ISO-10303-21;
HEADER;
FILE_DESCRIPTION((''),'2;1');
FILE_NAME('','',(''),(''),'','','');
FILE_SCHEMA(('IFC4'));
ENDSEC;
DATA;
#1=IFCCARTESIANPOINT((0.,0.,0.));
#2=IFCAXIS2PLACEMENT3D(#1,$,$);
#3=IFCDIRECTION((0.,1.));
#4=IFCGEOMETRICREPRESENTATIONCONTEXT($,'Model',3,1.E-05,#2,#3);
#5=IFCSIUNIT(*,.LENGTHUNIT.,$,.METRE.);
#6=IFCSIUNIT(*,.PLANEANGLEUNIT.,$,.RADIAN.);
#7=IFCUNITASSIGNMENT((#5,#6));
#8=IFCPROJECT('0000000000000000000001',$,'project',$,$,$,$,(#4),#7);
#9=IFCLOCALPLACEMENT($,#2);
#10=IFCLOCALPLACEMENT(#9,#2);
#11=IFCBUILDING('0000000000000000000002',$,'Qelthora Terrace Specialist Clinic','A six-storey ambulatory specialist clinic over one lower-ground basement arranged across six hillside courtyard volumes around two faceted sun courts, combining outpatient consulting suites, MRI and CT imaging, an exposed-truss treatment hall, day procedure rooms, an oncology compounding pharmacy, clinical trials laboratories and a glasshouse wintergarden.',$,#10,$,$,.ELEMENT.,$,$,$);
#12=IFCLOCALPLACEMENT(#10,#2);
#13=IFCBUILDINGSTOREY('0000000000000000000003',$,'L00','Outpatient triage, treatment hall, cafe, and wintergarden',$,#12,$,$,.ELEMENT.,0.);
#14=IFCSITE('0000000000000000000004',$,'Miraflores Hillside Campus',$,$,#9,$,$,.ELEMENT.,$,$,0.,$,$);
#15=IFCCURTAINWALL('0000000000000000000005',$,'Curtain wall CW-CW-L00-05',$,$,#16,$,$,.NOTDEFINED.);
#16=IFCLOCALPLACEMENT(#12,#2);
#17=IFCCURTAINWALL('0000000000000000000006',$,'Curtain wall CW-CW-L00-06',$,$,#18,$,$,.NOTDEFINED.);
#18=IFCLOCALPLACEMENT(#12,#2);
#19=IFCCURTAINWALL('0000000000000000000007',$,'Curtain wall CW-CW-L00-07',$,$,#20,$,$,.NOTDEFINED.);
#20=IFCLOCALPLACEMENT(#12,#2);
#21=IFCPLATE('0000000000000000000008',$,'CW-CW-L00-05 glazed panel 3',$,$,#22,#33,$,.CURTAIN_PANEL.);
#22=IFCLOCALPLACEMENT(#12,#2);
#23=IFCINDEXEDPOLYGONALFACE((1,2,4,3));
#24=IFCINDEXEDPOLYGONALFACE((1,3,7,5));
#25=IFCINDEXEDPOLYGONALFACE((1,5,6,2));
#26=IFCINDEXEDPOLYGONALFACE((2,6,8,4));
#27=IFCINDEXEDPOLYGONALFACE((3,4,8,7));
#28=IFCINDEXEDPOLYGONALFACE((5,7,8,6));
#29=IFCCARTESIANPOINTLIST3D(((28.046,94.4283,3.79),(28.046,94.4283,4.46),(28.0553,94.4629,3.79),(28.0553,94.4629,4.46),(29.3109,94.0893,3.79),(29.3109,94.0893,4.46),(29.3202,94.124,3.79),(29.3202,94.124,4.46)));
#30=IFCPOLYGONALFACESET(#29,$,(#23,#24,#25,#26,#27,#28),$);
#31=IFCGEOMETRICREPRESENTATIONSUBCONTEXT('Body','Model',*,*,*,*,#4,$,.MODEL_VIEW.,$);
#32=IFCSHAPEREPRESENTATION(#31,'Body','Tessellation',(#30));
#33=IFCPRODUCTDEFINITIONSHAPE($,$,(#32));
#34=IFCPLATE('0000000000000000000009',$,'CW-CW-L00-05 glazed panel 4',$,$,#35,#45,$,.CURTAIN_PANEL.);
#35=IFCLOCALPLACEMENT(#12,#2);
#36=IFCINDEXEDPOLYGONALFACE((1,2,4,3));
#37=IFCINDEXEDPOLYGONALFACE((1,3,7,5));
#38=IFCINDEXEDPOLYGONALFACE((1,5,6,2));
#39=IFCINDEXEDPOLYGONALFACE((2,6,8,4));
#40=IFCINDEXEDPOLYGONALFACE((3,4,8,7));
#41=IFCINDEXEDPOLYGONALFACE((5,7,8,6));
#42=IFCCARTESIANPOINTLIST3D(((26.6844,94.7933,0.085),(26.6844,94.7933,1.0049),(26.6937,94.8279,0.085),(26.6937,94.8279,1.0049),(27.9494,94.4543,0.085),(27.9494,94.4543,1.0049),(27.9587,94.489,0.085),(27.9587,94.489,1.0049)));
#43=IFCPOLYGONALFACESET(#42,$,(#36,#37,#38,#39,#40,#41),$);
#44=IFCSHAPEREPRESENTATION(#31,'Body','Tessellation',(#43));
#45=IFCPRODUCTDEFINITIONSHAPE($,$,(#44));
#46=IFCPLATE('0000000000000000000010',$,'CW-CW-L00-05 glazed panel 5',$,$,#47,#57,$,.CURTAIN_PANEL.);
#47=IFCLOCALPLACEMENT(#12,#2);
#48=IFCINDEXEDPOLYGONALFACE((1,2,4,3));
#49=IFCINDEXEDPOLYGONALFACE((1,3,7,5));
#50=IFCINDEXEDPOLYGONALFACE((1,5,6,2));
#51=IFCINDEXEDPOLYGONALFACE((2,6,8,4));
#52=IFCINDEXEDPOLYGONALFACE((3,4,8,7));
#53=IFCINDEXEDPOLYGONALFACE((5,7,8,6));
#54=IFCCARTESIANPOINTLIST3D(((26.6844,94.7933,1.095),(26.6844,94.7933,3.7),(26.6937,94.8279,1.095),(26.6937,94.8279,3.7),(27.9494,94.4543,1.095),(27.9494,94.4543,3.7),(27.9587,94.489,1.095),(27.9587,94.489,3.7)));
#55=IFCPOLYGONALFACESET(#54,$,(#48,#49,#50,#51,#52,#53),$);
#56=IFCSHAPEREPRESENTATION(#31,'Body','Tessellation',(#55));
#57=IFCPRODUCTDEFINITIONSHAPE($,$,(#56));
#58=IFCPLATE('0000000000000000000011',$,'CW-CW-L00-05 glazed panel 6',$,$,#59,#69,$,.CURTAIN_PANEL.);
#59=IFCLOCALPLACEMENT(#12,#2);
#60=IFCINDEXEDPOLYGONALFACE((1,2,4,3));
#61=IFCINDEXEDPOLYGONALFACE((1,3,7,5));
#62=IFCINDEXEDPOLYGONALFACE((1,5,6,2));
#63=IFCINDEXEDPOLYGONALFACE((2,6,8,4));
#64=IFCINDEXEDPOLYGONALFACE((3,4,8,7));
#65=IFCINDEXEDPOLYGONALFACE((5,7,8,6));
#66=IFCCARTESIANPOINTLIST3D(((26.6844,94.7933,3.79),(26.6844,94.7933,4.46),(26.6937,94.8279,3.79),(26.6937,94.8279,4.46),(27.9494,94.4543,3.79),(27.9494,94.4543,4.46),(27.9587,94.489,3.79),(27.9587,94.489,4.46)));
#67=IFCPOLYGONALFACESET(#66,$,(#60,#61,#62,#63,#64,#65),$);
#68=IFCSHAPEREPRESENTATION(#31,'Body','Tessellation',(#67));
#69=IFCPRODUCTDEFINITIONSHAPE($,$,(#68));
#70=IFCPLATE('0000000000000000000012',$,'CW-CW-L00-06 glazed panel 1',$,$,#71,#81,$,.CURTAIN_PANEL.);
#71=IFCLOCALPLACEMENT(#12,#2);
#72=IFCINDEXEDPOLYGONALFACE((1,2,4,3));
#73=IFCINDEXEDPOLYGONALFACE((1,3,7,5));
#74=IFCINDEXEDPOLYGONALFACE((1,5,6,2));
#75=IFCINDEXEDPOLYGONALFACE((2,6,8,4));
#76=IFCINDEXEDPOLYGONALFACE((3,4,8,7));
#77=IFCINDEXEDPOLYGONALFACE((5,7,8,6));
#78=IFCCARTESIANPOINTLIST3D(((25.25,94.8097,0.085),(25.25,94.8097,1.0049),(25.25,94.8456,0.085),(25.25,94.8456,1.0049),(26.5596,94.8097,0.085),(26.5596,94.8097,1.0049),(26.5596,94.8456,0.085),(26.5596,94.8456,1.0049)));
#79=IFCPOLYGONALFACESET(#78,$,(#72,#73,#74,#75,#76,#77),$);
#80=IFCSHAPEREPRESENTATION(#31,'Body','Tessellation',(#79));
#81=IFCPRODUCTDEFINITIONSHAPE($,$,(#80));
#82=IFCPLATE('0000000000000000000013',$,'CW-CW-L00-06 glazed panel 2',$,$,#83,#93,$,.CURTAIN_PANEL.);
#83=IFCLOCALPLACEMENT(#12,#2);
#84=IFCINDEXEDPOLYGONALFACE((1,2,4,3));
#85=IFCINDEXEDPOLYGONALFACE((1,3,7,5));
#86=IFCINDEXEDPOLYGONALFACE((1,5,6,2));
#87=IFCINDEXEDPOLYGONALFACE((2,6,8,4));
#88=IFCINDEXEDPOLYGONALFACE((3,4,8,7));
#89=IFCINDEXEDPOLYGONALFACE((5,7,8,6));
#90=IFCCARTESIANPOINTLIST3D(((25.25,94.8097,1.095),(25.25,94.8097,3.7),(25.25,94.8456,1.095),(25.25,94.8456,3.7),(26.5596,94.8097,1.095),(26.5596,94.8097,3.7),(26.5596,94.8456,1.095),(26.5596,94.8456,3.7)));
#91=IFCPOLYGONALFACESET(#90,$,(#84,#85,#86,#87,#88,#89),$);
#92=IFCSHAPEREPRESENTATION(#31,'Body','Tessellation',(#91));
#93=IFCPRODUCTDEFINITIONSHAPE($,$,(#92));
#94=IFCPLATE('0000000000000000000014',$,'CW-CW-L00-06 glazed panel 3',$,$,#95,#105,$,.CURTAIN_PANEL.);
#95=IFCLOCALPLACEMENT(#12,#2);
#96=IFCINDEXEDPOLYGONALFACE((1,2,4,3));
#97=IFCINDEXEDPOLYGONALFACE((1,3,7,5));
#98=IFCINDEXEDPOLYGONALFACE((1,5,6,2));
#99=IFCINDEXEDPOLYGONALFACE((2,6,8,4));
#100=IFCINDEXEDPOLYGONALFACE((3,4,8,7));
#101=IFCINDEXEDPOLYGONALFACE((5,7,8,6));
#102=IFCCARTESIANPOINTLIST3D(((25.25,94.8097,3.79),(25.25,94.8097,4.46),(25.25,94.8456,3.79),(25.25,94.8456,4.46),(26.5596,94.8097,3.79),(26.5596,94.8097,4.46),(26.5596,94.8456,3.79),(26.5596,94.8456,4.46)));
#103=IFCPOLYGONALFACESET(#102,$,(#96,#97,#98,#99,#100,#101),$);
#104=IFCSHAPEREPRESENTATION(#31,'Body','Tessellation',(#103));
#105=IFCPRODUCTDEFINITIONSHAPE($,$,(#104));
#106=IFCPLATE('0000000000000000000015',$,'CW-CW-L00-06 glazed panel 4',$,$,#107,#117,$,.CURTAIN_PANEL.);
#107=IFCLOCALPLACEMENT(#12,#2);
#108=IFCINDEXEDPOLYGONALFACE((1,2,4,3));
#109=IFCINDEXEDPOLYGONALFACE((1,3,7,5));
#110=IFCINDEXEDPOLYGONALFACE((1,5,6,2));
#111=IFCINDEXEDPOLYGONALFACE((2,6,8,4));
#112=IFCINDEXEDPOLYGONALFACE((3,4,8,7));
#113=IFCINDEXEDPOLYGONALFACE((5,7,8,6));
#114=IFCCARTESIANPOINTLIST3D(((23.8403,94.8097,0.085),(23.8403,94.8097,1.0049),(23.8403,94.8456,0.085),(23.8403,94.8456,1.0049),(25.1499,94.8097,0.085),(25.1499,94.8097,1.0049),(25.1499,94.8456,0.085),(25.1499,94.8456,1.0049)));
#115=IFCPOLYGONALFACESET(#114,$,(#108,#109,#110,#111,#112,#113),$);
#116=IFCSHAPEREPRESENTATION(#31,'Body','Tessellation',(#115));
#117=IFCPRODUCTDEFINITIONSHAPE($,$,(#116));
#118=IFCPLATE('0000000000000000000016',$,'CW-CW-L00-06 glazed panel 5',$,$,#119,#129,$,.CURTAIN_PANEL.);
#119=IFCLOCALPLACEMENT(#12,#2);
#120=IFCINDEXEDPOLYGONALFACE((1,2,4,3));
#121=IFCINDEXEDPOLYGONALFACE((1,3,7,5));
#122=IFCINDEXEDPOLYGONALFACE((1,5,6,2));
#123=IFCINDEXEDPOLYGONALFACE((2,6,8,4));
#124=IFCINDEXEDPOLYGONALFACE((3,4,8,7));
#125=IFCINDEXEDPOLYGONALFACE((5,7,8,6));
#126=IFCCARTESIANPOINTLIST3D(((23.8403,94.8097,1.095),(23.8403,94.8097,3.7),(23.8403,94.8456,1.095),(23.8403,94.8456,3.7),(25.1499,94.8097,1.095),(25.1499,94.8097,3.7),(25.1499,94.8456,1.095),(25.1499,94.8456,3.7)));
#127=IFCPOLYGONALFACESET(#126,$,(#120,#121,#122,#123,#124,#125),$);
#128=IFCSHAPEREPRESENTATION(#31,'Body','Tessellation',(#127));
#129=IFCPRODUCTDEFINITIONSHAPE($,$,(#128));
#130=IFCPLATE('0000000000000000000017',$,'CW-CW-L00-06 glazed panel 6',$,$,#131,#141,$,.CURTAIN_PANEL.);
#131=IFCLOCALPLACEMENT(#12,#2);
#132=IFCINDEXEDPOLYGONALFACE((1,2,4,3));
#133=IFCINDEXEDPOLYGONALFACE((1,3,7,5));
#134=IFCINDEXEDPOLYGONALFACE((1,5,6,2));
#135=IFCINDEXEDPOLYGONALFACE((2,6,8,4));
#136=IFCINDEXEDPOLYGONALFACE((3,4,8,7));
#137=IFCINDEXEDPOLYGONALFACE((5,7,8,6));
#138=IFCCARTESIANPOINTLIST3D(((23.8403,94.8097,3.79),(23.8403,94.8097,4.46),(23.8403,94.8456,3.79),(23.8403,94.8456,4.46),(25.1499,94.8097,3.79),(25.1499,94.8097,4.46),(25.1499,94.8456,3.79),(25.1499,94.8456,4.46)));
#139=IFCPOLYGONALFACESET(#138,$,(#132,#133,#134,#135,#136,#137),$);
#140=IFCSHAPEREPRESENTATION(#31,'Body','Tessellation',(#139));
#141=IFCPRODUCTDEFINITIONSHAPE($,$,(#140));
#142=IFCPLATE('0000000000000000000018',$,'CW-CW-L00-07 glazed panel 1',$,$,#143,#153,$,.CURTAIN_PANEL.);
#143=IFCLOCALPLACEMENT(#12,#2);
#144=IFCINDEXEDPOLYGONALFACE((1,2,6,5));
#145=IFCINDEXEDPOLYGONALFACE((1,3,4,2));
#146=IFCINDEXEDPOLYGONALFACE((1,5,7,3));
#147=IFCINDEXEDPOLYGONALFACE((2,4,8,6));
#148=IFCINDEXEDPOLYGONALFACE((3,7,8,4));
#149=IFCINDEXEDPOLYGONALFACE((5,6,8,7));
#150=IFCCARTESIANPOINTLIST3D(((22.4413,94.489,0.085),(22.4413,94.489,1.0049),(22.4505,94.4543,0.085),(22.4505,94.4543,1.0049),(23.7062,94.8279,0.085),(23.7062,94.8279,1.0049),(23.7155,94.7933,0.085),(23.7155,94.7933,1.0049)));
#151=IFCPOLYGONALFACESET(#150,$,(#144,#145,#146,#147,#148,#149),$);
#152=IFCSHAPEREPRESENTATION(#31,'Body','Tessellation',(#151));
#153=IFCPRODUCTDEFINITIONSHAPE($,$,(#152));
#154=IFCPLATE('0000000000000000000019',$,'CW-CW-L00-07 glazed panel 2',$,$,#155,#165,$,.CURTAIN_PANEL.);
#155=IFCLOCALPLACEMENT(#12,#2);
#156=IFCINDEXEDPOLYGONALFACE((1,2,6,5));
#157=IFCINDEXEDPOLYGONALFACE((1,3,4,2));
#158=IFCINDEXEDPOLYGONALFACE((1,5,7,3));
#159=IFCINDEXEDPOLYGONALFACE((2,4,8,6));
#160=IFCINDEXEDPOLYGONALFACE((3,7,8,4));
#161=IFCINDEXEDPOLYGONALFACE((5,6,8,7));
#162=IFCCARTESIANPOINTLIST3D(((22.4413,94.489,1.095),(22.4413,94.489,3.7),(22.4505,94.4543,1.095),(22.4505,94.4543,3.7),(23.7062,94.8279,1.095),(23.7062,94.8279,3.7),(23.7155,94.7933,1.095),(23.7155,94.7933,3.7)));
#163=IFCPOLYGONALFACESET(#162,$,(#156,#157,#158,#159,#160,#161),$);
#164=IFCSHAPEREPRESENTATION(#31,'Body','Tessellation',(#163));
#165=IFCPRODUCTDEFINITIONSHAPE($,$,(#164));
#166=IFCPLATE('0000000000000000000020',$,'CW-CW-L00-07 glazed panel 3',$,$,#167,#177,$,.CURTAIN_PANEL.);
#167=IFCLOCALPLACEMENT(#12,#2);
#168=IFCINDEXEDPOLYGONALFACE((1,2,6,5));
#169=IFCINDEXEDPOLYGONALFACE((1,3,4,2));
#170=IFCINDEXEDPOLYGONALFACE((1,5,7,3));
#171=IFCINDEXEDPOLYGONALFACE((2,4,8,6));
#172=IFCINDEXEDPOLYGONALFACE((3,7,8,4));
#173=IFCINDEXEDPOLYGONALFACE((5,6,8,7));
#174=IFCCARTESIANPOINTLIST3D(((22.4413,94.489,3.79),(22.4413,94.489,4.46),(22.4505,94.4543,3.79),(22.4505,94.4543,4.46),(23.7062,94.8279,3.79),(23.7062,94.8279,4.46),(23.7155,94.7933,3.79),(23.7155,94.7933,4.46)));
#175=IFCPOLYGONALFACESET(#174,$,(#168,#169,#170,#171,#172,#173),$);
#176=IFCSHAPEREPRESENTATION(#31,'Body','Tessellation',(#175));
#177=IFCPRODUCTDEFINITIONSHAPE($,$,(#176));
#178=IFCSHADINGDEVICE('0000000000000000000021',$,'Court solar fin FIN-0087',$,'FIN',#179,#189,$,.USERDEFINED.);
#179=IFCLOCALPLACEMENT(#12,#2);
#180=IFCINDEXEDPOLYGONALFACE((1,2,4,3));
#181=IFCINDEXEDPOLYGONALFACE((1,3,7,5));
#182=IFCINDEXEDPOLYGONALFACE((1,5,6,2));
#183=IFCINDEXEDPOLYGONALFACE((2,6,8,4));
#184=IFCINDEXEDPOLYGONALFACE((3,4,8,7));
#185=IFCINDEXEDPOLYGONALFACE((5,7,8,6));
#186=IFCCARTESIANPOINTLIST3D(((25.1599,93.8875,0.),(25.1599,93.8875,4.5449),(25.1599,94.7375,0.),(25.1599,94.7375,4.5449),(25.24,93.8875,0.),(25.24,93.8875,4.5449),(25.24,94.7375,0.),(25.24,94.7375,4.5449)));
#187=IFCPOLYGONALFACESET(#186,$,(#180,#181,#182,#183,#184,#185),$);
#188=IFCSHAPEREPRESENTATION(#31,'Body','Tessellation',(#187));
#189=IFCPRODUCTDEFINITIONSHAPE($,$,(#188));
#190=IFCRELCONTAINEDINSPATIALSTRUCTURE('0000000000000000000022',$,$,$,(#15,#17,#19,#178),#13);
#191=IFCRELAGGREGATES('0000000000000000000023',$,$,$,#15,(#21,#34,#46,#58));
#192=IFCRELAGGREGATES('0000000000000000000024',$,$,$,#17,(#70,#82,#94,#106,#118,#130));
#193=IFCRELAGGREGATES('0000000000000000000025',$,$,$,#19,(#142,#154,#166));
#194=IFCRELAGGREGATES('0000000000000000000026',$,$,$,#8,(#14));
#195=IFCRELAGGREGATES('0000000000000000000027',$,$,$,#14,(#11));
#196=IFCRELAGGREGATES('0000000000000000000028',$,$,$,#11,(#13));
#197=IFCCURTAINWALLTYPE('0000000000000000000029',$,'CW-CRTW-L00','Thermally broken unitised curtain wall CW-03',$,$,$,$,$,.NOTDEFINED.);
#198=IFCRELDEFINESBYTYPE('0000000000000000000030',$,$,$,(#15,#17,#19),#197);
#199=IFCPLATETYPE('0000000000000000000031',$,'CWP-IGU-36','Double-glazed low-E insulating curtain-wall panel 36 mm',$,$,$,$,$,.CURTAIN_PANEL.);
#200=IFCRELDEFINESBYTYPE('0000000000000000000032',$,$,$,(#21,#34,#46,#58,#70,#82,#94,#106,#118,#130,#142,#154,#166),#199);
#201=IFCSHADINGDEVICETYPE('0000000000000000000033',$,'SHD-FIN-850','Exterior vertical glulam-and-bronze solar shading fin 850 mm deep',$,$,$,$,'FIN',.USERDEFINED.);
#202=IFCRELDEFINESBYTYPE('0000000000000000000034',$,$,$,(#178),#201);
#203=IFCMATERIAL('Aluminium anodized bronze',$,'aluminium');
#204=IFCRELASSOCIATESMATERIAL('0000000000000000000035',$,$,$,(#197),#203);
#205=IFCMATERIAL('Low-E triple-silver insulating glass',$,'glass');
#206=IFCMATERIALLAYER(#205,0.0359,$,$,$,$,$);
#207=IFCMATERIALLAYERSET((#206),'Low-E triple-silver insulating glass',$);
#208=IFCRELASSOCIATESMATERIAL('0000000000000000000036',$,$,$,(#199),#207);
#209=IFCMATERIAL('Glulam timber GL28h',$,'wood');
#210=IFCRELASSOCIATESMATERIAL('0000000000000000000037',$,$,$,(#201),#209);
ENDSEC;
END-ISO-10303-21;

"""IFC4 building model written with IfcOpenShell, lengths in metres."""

from ifc_helpers import new_model, si_unit, direction, frame, origin, origin_2d, place, context, subcontext, project, spatial, rectangle, extrude, material, layer, layer_set, type_object, element, aggregate, save


model = new_model("IFC4")

# Units and contexts
model_context = context("Model", 3, precision=1e-05, world=origin(), true_north=direction((0.0, 1.0)))
body_context = subcontext(model_context, "Body", "Model", "MODEL_VIEW")
ifc_project = project(units=[si_unit("LENGTHUNIT", "METRE"), si_unit("PLANEANGLEUNIT", "RADIAN")], contexts=[model_context])

# Site, building, storey
site_placement = place(None, origin())
site = spatial("IfcSite", under=ifc_project, at=site_placement, Name="Miraflores Hillside Campus", CompositionType="ELEMENT", RefElevation=0.0)
building_placement = place(site_placement, origin())
building = spatial("IfcBuilding", under=site, at=building_placement, Name="Qelthora Terrace Specialist Clinic", Description="A six-storey ambulatory specialist clinic over one lower-ground basement arranged across six hillside courtyard volumes around two faceted sun courts, combining outpatient consulting suites, MRI and CT imaging, an exposed-truss treatment hall, day procedure rooms, an oncology compounding pharmacy, clinical trials laboratories and a glasshouse wintergarden.", CompositionType="ELEMENT")
storey_placement = place(building_placement, origin())
storey = spatial("IfcBuildingStorey", under=building, at=storey_placement, Name="L00", Description="Outpatient triage, treatment hall, cafe, and wintergarden", CompositionType="ELEMENT", Elevation=0.0)

# Curtain walls
ifc_material_1 = material(Name="Aluminium anodized bronze", Category="aluminium")
curtain_wall_type = type_object("IfcCurtainWallType", Name="CW-CRTW-L00", Description="Thermally broken unitised curtain wall CW-03", PredefinedType="NOTDEFINED", material=ifc_material_1)
curtain_wall_1_placement = place(storey_placement, origin())
curtain_wall_1 = element("IfcCurtainWall", 1, at=curtain_wall_1_placement, inside=storey, type_object=curtain_wall_type, Name="Curtain wall CW-CW-L00-05", PredefinedType="NOTDEFINED")
curtain_wall_2_placement = place(storey_placement, origin())
curtain_wall_2 = element("IfcCurtainWall", 2, at=curtain_wall_2_placement, inside=storey, type_object=curtain_wall_type, Name="Curtain wall CW-CW-L00-06", PredefinedType="NOTDEFINED")
curtain_wall_3_placement = place(storey_placement, origin())
curtain_wall_3 = element("IfcCurtainWall", 3, at=curtain_wall_3_placement, inside=storey, type_object=curtain_wall_type, Name="Curtain wall CW-CW-L00-07", PredefinedType="NOTDEFINED")

# Plates
ifc_material_2 = material(Name="Low-E triple-silver insulating glass", Category="glass")
ifc_layer = layer(ifc_material_2, 0.0359)
ifc_layer_set = layer_set([ifc_layer], Name="Low-E triple-silver insulating glass")
plate_type = type_object("IfcPlateType", Name="CWP-IGU-36", Description="Double-glazed low-E insulating curtain-wall panel 36 mm", PredefinedType="CURTAIN_PANEL", material=ifc_layer_set)
plate_1_placement = place(storey_placement, frame((28.6831, 94.2761, 3.79), z_axis=(0.0, 0.0, 1.0), x_axis=(-0.965925, 0.258821, 0.0)))
plate_1 = element("IfcPlate", 4, at=plate_1_placement, type_object=plate_type, Name="CW-CW-L00-05 glazed panel 3", PredefinedType="CURTAIN_PANEL", context=body_context, shape_type="SweptSolid", body=[
    extrude(rectangle(XDim=1.3096, YDim=0.0359, at=origin_2d()), origin(), (0.0, 0.0, 1.0), 0.6699),
])
plate_2_placement = place(storey_placement, frame((27.3215, 94.6411, 0.085), z_axis=(0.0, 0.0, 1.0), x_axis=(-0.965925, 0.258821, 0.0)))
plate_2 = element("IfcPlate", 5, at=plate_2_placement, type_object=plate_type, Name="CW-CW-L00-05 glazed panel 4", PredefinedType="CURTAIN_PANEL", context=body_context, shape_type="SweptSolid", body=[
    extrude(rectangle(XDim=1.3096, YDim=0.0359, at=origin_2d()), origin(), (0.0, 0.0, 1.0), 0.9199),
])
plate_3_placement = place(storey_placement, frame((27.3215, 94.6411, 1.095), z_axis=(0.0, 0.0, 1.0), x_axis=(-0.965925, 0.258821, 0.0)))
plate_3 = element("IfcPlate", 6, at=plate_3_placement, type_object=plate_type, Name="CW-CW-L00-05 glazed panel 5", PredefinedType="CURTAIN_PANEL", context=body_context, shape_type="SweptSolid", body=[
    extrude(rectangle(XDim=1.3096, YDim=0.0359, at=origin_2d()), origin(), (0.0, 0.0, 1.0), 2.605),
])
plate_4_placement = place(storey_placement, frame((27.3215, 94.6411, 3.79), z_axis=(0.0, 0.0, 1.0), x_axis=(-0.965925, 0.258821, 0.0)))
plate_4 = element("IfcPlate", 7, at=plate_4_placement, type_object=plate_type, Name="CW-CW-L00-05 glazed panel 6", PredefinedType="CURTAIN_PANEL", context=body_context, shape_type="SweptSolid", body=[
    extrude(rectangle(XDim=1.3096, YDim=0.0359, at=origin_2d()), origin(), (0.0, 0.0, 1.0), 0.6699),
])
aggregate(curtain_wall_1, [plate_1, plate_2, plate_3, plate_4])
plate_5_placement = place(storey_placement, frame((25.9048, 94.8276, 0.085), z_axis=(0.0, 0.0, 1.0), x_axis=(-1.0, 0.0, 0.0)))
plate_5 = element("IfcPlate", 8, at=plate_5_placement, type_object=plate_type, Name="CW-CW-L00-06 glazed panel 1", PredefinedType="CURTAIN_PANEL", context=body_context, shape_type="SweptSolid", body=[
    extrude(rectangle(XDim=1.3096, YDim=0.0359, at=origin_2d()), origin(), (0.0, 0.0, 1.0), 0.9199),
])
plate_6_placement = place(storey_placement, frame((25.9048, 94.8276, 1.095), z_axis=(0.0, 0.0, 1.0), x_axis=(-1.0, 0.0, 0.0)))
plate_6 = element("IfcPlate", 9, at=plate_6_placement, type_object=plate_type, Name="CW-CW-L00-06 glazed panel 2", PredefinedType="CURTAIN_PANEL", context=body_context, shape_type="SweptSolid", body=[
    extrude(rectangle(XDim=1.3096, YDim=0.0359, at=origin_2d()), origin(), (0.0, 0.0, 1.0), 2.605),
])
plate_7_placement = place(storey_placement, frame((25.9048, 94.8276, 3.79), z_axis=(0.0, 0.0, 1.0), x_axis=(-1.0, 0.0, 0.0)))
plate_7 = element("IfcPlate", 10, at=plate_7_placement, type_object=plate_type, Name="CW-CW-L00-06 glazed panel 3", PredefinedType="CURTAIN_PANEL", context=body_context, shape_type="SweptSolid", body=[
    extrude(rectangle(XDim=1.3096, YDim=0.0359, at=origin_2d()), origin(), (0.0, 0.0, 1.0), 0.6699),
])
plate_8_placement = place(storey_placement, frame((24.4951, 94.8276, 0.085), z_axis=(0.0, 0.0, 1.0), x_axis=(-1.0, 0.0, 0.0)))
plate_8 = element("IfcPlate", 11, at=plate_8_placement, type_object=plate_type, Name="CW-CW-L00-06 glazed panel 4", PredefinedType="CURTAIN_PANEL", context=body_context, shape_type="SweptSolid", body=[
    extrude(rectangle(XDim=1.3096, YDim=0.0359, at=origin_2d()), origin(), (0.0, 0.0, 1.0), 0.9199),
])
plate_9_placement = place(storey_placement, frame((24.4951, 94.8276, 1.095), z_axis=(0.0, 0.0, 1.0), x_axis=(-1.0, 0.0, 0.0)))
plate_9 = element("IfcPlate", 12, at=plate_9_placement, type_object=plate_type, Name="CW-CW-L00-06 glazed panel 5", PredefinedType="CURTAIN_PANEL", context=body_context, shape_type="SweptSolid", body=[
    extrude(rectangle(XDim=1.3096, YDim=0.0359, at=origin_2d()), origin(), (0.0, 0.0, 1.0), 2.605),
])
plate_10_placement = place(storey_placement, frame((24.4951, 94.8276, 3.79), z_axis=(0.0, 0.0, 1.0), x_axis=(-1.0, 0.0, 0.0)))
plate_10 = element("IfcPlate", 13, at=plate_10_placement, type_object=plate_type, Name="CW-CW-L00-06 glazed panel 6", PredefinedType="CURTAIN_PANEL", context=body_context, shape_type="SweptSolid", body=[
    extrude(rectangle(XDim=1.3096, YDim=0.0359, at=origin_2d()), origin(), (0.0, 0.0, 1.0), 0.6699),
])
aggregate(curtain_wall_2, [plate_5, plate_6, plate_7, plate_8, plate_9, plate_10])
plate_11_placement = place(storey_placement, frame((23.0784, 94.6411, 0.085), z_axis=(0.0, 0.0, 1.0), x_axis=(-0.965925, -0.258821, 0.0)))
plate_11 = element("IfcPlate", 14, at=plate_11_placement, type_object=plate_type, Name="CW-CW-L00-07 glazed panel 1", PredefinedType="CURTAIN_PANEL", context=body_context, shape_type="SweptSolid", body=[
    extrude(rectangle(XDim=1.3096, YDim=0.0359, at=origin_2d()), origin(), (0.0, 0.0, 1.0), 0.9199),
])
plate_12_placement = place(storey_placement, frame((23.0784, 94.6411, 1.095), z_axis=(0.0, 0.0, 1.0), x_axis=(-0.965925, -0.258821, 0.0)))
plate_12 = element("IfcPlate", 15, at=plate_12_placement, type_object=plate_type, Name="CW-CW-L00-07 glazed panel 2", PredefinedType="CURTAIN_PANEL", context=body_context, shape_type="SweptSolid", body=[
    extrude(rectangle(XDim=1.3096, YDim=0.0359, at=origin_2d()), origin(), (0.0, 0.0, 1.0), 2.605),
])
plate_13_placement = place(storey_placement, frame((23.0784, 94.6411, 3.79), z_axis=(0.0, 0.0, 1.0), x_axis=(-0.965925, -0.258821, 0.0)))
plate_13 = element("IfcPlate", 16, at=plate_13_placement, type_object=plate_type, Name="CW-CW-L00-07 glazed panel 3", PredefinedType="CURTAIN_PANEL", context=body_context, shape_type="SweptSolid", body=[
    extrude(rectangle(XDim=1.3096, YDim=0.0359, at=origin_2d()), origin(), (0.0, 0.0, 1.0), 0.6699),
])
aggregate(curtain_wall_3, [plate_11, plate_12, plate_13])

# Shading device
ifc_material_3 = material(Name="Glulam timber GL28h", Category="wood")
shading_device_type = type_object("IfcShadingDeviceType", Name="SHD-FIN-850", Description="Exterior vertical glulam-and-bronze solar shading fin 850 mm deep", ElementType="FIN", PredefinedType="USERDEFINED", material=ifc_material_3)
shading_device_placement = place(storey_placement, frame((25.2, 94.3125, 0.0), z_axis=(0.0, 0.0, 1.0), x_axis=(0.0, -1.0, 0.0)))
element("IfcShadingDevice", 17, at=shading_device_placement, inside=storey, type_object=shading_device_type, Name="Court solar fin FIN-0087", ObjectType="FIN", PredefinedType="USERDEFINED", context=body_context, shape_type="SweptSolid", body=[
    extrude(rectangle(XDim=0.8501, YDim=0.0801, at=origin_2d()), origin(), (0.0, 0.0, 1.0), 4.5449),
])

save(model, "model.ifc")
